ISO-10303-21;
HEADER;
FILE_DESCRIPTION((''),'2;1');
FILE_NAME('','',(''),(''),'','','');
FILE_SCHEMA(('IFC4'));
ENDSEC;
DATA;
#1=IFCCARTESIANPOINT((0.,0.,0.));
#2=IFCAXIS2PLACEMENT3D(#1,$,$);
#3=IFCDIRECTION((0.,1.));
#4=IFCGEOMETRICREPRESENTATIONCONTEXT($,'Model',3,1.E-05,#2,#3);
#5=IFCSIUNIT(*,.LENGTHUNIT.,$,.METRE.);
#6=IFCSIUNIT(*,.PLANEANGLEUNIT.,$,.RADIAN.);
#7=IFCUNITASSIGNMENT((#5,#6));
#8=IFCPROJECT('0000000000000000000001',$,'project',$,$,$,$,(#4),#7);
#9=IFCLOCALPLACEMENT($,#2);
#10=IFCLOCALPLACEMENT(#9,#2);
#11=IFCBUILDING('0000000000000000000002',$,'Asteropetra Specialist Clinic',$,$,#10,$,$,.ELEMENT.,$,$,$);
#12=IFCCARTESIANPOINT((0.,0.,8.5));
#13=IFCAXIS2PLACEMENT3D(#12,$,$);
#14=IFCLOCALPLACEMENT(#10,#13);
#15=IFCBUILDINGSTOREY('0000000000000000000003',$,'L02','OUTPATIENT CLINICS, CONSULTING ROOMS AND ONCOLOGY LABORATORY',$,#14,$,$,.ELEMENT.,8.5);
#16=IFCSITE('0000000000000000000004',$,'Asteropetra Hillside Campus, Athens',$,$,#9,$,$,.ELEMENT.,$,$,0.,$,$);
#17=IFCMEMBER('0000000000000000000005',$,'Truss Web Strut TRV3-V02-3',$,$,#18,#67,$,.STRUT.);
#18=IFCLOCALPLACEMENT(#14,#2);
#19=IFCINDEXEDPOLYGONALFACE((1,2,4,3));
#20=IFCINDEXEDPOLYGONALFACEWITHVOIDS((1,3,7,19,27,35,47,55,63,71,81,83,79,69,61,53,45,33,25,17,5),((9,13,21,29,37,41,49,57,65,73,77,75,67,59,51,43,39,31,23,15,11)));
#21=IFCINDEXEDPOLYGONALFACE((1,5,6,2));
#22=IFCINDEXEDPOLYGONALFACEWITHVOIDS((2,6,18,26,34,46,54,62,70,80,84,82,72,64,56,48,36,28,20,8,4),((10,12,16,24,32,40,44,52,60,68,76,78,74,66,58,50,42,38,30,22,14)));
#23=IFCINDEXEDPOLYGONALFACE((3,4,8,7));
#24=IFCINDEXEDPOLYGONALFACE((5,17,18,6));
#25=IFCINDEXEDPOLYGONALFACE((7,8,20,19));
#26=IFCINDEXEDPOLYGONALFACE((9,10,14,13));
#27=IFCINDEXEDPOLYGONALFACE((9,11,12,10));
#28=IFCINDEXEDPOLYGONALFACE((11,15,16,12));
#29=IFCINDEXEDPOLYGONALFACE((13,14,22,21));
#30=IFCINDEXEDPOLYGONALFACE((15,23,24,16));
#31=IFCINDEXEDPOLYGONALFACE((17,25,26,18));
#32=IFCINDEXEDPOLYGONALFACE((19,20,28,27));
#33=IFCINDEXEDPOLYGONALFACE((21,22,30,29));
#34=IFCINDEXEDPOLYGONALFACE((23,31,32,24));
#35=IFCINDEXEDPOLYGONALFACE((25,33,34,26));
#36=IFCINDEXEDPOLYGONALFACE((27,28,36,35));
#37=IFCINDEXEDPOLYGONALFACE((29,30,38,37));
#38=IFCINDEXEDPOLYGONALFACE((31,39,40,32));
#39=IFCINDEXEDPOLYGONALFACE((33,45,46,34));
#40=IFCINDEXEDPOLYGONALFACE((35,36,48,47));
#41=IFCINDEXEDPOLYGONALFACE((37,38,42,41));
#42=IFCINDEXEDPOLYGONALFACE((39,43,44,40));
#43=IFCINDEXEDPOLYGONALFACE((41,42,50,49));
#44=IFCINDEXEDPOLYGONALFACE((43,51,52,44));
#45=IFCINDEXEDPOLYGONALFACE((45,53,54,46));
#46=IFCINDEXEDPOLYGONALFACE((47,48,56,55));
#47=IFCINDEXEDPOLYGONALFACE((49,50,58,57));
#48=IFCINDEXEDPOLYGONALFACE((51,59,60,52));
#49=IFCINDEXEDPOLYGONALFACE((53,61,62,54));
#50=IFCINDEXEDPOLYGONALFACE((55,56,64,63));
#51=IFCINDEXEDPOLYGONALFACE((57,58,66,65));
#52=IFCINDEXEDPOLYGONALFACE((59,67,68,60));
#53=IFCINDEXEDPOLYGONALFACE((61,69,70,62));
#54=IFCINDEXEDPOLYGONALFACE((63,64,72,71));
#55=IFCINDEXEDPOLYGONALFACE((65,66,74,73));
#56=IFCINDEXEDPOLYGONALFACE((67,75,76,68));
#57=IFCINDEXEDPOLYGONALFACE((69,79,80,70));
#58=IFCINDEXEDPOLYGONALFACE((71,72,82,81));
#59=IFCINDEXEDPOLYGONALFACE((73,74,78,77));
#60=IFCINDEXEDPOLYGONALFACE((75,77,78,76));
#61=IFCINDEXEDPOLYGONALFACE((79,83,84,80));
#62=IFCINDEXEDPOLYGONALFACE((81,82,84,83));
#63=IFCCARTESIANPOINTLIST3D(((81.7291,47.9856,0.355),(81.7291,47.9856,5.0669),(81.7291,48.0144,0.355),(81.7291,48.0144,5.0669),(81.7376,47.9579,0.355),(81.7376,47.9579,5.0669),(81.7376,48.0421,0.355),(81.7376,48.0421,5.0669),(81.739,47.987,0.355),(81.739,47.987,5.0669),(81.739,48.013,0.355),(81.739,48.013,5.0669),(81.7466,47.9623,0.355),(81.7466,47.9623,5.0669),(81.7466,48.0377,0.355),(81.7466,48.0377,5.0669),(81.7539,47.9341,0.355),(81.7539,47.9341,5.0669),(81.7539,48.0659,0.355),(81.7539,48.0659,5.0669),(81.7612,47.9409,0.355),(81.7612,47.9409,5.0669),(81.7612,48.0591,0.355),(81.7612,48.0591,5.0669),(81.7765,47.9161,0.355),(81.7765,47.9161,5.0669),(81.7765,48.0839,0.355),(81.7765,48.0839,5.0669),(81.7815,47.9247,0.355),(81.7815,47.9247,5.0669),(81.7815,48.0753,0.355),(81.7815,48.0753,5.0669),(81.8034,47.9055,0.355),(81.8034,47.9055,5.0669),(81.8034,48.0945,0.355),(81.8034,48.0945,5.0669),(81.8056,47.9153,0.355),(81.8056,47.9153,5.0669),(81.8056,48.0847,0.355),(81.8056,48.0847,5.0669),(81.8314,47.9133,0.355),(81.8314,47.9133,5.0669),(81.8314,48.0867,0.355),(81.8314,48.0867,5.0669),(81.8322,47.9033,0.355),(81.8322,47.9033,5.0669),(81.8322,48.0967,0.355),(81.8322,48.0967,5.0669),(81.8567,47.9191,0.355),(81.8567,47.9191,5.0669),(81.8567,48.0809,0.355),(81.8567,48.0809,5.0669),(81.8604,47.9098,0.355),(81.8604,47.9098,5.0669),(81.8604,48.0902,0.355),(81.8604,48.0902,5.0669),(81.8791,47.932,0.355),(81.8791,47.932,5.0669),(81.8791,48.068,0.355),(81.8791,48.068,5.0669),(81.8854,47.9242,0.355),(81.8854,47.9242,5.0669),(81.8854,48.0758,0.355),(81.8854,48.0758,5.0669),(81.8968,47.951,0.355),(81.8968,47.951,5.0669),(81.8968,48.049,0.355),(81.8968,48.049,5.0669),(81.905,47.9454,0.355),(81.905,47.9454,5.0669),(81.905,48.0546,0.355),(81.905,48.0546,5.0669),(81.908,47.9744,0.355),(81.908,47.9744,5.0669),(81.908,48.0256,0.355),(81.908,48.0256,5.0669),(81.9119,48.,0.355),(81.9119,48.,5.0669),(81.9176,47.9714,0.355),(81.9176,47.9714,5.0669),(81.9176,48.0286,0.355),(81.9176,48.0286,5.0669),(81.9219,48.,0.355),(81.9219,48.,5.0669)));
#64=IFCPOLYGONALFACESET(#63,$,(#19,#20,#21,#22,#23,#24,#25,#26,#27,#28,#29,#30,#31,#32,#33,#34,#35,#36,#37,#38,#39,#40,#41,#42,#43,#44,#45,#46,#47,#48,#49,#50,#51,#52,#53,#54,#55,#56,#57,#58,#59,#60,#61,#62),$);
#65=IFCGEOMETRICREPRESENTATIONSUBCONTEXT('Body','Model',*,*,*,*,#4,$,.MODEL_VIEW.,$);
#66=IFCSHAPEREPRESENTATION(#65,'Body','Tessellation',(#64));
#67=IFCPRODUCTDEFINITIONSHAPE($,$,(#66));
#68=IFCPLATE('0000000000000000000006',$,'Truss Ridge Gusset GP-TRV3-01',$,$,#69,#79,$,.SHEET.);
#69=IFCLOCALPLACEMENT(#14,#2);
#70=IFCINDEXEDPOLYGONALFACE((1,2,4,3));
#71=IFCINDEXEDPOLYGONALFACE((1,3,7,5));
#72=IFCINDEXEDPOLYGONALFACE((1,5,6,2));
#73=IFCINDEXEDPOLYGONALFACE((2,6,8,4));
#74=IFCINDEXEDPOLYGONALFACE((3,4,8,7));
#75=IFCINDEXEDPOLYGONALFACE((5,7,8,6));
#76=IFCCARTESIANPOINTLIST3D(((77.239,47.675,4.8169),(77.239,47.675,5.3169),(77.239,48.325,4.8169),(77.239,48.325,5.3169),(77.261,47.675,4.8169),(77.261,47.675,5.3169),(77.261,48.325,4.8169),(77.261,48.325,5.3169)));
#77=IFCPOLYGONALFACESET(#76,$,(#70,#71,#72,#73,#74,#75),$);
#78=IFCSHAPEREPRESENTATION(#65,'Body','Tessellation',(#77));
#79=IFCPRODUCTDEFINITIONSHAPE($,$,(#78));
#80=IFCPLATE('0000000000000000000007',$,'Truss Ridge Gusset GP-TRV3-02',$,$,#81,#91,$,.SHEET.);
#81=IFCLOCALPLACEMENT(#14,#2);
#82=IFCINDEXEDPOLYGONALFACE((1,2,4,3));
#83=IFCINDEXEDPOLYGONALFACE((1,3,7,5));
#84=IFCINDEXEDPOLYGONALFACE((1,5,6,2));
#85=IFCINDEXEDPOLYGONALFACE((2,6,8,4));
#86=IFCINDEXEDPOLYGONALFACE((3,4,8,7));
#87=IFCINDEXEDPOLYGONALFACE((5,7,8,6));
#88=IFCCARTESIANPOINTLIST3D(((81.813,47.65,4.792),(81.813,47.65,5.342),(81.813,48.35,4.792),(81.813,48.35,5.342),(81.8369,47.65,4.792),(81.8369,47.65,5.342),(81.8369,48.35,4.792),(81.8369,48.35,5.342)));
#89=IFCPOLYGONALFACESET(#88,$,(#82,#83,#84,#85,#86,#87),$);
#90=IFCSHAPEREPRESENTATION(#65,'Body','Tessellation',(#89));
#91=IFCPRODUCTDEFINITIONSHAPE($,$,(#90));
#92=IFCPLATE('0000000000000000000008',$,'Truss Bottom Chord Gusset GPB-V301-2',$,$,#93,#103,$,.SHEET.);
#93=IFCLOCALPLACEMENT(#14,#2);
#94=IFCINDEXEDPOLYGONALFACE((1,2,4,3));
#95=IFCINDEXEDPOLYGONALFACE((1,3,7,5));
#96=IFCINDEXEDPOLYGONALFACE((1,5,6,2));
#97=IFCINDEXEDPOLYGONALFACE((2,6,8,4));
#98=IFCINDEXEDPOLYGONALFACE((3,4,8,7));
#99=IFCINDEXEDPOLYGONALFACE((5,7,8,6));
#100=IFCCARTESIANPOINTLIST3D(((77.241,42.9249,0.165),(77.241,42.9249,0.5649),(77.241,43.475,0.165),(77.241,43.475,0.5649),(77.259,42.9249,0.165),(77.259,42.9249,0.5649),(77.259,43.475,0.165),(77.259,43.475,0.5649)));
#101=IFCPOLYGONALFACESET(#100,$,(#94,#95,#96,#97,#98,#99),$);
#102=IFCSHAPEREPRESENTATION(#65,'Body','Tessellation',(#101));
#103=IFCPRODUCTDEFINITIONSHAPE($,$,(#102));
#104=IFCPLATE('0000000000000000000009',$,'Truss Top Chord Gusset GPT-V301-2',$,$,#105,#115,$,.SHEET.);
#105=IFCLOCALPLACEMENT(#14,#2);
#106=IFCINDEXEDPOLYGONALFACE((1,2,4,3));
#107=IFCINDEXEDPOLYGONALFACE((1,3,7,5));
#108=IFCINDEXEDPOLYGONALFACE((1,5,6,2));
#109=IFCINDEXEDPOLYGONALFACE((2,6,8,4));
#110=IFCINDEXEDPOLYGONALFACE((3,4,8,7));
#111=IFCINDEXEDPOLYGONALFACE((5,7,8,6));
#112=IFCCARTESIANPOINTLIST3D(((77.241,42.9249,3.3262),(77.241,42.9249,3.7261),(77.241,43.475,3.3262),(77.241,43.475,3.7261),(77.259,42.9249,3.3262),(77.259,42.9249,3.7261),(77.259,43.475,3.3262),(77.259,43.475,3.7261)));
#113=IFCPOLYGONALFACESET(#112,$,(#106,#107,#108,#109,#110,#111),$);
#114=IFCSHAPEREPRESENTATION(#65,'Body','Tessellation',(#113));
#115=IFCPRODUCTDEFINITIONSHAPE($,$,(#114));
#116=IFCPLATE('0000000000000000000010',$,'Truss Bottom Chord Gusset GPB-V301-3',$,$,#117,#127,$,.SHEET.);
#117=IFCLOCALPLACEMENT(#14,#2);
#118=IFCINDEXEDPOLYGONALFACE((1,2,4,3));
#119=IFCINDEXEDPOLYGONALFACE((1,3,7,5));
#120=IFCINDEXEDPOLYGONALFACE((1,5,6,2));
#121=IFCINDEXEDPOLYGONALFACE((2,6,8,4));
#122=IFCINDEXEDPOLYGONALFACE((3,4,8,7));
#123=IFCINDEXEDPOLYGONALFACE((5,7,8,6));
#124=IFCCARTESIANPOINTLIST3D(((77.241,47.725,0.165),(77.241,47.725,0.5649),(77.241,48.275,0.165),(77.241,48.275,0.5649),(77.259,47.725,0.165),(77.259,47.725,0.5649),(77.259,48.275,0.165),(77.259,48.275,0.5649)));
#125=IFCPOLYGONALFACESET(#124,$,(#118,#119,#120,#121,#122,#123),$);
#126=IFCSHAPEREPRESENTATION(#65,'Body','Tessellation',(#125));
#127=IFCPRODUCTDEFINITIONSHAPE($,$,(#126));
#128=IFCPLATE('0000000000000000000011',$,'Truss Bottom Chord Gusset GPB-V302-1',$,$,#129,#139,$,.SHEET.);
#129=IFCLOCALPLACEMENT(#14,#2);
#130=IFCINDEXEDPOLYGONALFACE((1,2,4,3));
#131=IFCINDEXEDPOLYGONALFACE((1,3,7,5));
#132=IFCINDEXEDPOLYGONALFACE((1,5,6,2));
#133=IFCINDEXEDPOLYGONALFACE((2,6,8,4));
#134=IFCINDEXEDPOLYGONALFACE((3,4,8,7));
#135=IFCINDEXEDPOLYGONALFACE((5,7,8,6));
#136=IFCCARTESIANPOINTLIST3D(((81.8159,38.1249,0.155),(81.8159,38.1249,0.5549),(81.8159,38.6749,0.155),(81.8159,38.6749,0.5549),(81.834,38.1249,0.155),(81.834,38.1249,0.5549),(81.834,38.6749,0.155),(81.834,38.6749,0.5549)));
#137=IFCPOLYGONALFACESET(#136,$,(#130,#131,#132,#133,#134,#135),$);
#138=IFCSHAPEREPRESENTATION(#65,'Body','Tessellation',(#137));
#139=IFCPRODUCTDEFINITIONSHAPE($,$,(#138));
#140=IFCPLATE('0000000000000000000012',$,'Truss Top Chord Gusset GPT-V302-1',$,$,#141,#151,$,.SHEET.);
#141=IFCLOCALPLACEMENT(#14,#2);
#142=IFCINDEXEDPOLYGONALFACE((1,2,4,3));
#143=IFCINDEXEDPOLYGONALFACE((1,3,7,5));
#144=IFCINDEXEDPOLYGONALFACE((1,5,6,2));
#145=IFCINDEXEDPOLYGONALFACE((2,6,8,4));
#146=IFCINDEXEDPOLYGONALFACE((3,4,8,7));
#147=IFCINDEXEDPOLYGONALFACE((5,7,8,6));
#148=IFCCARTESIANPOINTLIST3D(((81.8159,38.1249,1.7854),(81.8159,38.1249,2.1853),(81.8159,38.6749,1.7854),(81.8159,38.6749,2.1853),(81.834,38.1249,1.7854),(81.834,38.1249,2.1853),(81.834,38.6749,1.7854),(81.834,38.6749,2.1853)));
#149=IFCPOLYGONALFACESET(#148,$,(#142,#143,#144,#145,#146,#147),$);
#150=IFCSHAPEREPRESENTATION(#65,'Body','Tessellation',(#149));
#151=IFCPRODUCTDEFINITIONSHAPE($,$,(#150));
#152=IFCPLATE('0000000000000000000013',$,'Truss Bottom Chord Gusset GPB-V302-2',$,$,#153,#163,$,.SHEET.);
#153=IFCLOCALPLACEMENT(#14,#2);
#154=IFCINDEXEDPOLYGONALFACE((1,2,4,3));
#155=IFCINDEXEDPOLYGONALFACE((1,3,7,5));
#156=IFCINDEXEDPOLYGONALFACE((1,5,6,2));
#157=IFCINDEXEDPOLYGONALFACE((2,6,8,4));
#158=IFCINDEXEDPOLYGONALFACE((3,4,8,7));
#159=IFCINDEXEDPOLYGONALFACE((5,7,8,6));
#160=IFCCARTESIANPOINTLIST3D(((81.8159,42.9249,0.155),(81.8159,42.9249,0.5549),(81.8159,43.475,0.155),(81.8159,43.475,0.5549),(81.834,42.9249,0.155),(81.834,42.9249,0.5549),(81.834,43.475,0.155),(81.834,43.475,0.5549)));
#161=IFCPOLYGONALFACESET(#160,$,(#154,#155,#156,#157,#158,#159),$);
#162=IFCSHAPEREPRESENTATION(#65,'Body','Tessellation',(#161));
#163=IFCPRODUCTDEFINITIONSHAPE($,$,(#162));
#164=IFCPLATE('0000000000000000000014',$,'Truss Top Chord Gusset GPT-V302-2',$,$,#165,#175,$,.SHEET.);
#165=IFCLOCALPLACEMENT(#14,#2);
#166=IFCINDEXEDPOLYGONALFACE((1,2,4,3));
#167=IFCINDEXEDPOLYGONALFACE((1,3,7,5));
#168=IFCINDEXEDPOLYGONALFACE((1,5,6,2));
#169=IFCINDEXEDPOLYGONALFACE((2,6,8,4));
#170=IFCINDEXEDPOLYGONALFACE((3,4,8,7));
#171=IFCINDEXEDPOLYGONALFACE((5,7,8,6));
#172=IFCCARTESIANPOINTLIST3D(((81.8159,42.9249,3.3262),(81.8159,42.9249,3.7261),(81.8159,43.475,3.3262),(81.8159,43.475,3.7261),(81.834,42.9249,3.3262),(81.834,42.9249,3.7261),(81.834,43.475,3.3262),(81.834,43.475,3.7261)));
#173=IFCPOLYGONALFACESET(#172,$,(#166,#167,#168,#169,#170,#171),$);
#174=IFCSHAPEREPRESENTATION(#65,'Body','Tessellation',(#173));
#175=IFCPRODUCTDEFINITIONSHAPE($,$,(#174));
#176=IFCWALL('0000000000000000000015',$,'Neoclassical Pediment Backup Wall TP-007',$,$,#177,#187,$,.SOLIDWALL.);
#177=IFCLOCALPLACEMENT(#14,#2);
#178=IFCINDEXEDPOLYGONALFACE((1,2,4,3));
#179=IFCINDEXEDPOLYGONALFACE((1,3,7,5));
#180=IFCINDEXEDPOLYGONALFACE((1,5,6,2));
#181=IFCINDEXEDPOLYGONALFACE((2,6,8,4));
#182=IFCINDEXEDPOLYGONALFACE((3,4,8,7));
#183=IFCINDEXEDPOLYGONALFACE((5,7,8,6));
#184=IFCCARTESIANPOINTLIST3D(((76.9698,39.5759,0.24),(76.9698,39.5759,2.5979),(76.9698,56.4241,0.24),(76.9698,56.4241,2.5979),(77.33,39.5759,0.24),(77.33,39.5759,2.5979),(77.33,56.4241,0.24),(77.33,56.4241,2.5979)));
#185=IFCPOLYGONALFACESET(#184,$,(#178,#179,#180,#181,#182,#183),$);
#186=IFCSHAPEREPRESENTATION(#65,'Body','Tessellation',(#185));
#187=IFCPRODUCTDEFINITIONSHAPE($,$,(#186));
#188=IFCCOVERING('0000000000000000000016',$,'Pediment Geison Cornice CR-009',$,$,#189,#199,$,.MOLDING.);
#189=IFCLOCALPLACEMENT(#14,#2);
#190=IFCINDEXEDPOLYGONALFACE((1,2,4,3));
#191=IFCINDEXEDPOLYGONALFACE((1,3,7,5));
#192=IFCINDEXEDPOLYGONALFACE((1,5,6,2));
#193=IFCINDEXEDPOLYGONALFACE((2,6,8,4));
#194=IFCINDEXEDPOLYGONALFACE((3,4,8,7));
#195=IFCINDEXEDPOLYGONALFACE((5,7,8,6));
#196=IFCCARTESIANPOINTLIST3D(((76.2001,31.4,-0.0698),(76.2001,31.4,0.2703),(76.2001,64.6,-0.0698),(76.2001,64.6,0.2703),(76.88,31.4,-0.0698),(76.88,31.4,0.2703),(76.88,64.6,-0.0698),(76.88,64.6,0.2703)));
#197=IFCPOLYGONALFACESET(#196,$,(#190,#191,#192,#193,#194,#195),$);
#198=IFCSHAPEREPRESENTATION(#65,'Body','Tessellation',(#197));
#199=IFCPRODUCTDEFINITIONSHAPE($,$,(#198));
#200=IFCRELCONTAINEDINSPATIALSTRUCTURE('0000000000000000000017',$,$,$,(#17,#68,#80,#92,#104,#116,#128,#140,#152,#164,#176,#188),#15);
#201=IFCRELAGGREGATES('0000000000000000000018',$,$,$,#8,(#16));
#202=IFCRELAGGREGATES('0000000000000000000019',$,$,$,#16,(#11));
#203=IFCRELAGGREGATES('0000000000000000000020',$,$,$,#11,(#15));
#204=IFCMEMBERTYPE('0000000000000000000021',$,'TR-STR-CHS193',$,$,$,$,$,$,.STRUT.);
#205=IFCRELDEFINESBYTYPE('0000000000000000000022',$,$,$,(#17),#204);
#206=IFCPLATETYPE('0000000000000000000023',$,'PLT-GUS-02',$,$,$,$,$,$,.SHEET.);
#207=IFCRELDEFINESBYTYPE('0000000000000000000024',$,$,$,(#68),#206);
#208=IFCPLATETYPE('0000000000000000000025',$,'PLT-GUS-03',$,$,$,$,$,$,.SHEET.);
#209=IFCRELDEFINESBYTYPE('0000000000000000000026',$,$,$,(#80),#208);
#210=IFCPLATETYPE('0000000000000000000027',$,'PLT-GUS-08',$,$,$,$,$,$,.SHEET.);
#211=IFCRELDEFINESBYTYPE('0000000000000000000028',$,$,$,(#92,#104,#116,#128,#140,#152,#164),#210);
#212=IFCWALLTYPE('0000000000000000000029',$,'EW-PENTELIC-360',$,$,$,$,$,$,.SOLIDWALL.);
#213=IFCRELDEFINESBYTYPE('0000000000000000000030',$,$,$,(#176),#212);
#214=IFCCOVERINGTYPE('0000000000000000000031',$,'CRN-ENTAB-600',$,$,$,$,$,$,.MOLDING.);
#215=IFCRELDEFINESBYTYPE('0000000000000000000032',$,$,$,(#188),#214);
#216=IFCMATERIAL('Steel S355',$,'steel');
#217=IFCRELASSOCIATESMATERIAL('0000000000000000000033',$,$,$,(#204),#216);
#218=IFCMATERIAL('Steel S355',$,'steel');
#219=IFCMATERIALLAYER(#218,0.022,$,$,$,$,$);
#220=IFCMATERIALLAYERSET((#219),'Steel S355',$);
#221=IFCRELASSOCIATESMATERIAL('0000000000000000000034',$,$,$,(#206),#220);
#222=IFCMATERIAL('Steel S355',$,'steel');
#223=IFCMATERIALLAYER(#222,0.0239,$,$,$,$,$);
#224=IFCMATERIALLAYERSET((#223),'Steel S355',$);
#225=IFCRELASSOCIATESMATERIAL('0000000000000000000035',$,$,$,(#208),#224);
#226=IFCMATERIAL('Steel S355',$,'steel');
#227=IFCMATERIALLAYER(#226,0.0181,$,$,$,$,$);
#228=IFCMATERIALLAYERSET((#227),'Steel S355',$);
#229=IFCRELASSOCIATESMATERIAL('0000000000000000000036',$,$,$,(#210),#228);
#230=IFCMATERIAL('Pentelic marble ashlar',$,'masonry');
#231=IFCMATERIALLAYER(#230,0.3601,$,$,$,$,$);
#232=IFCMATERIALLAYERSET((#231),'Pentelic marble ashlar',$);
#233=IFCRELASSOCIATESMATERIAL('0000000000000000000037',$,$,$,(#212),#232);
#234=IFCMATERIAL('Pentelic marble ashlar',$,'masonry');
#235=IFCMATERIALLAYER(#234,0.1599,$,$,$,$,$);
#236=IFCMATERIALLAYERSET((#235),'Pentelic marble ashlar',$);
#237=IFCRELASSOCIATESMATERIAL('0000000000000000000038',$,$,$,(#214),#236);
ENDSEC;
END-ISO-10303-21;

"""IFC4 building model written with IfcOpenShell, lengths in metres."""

from ifc_helpers import new_model, si_unit, direction, frame, frame_2d, origin, origin_2d, place, context, subcontext, project, spatial, rectangle, hollow_circle, extrude, material, layer, layer_set, material_profile, profile_set, type_object, element, save


model = new_model("IFC4")

# Units and contexts
model_context = context("Model", 3, precision=1e-05, world=origin(), true_north=direction((0.0, 1.0)))
body_context = subcontext(model_context, "Body", "Model", "MODEL_VIEW")
ifc_project = project(units=[si_unit("LENGTHUNIT", "METRE"), si_unit("PLANEANGLEUNIT", "RADIAN")], contexts=[model_context])

# Site, building, storey
site_placement = place(None, origin())
site = spatial("IfcSite", under=ifc_project, at=site_placement, Name="Asteropetra Hillside Campus, Athens", CompositionType="ELEMENT", RefElevation=0.0)
building_placement = place(site_placement, origin())
building = spatial("IfcBuilding", under=site, at=building_placement, Name="Asteropetra Specialist Clinic", CompositionType="ELEMENT")
storey_placement = place(building_placement, frame((0.0, 0.0, 8.5)))
storey = spatial("IfcBuildingStorey", under=building, at=storey_placement, Name="L02", Description="OUTPATIENT CLINICS, CONSULTING ROOMS AND ONCOLOGY LABORATORY", CompositionType="ELEMENT", Elevation=8.5)

# Member
ifc_material_1 = material(Name="Steel S355", Category="steel")
ifc_material_profile_1 = material_profile(ifc_material_1, hollow_circle(Radius=0.0969, WallThickness=0.01, at=origin_2d()), Name="CHS 193.7x10.0")
ifc_profile_set_1 = profile_set([ifc_material_profile_1], Name="Steel S355")
member_type_1 = type_object("IfcMemberType", Name="TR-STR-CHS193", PredefinedType="STRUT", material=ifc_profile_set_1)
member_1_placement = place(storey_placement, frame((81.825, 48.0, 0.355), z_axis=(0.0, 0.0, 1.0), x_axis=(1.0, 0.0, 0.0)))
element("IfcMember", 1, at=member_1_placement, inside=storey, type_object=member_type_1, Name="Truss Web Strut TRV3-V02-3", PredefinedType="STRUT", context=body_context, shape_type="SweptSolid", body=[
    extrude(hollow_circle(Radius=0.0969, WallThickness=0.01, at=origin_2d()), origin(), (0.0, 0.0, 1.0), 4.7119),
])

# Plates
ifc_material_2 = material(Name="Steel S355", Category="steel")
ifc_layer_1 = layer(ifc_material_2, 0.022)
ifc_layer_set_1 = layer_set([ifc_layer_1], Name="Steel S355")
plate_type_1 = type_object("IfcPlateType", Name="PLT-GUS-02", PredefinedType="SHEET", material=ifc_layer_set_1)
plate_1_placement = place(storey_placement, frame((77.25, 48.0, 4.8169), z_axis=(0.0, 0.0, 1.0), x_axis=(1.0, 0.0, 0.0)))
element("IfcPlate", 2, at=plate_1_placement, inside=storey, type_object=plate_type_1, Name="Truss Ridge Gusset GP-TRV3-01", PredefinedType="SHEET", context=body_context, shape_type="SweptSolid", body=[
    extrude(rectangle(XDim=0.022, YDim=0.6499, at=origin_2d()), origin(), (0.0, 0.0, 1.0), 0.5),
])
ifc_material_3 = material(Name="Steel S355", Category="steel")
ifc_layer_2 = layer(ifc_material_3, 0.0239)
ifc_layer_set_2 = layer_set([ifc_layer_2], Name="Steel S355")
plate_type_2 = type_object("IfcPlateType", Name="PLT-GUS-03", PredefinedType="SHEET", material=ifc_layer_set_2)
plate_2_placement = place(storey_placement, frame((81.825, 48.0, 4.792), z_axis=(0.0, 0.0, 1.0), x_axis=(1.0, 0.0, 0.0)))
element("IfcPlate", 3, at=plate_2_placement, inside=storey, type_object=plate_type_2, Name="Truss Ridge Gusset GP-TRV3-02", PredefinedType="SHEET", context=body_context, shape_type="SweptSolid", body=[
    extrude(rectangle(XDim=0.0239, YDim=0.7, at=origin_2d()), origin(), (0.0, 0.0, 1.0), 0.55),
])
ifc_material_4 = material(Name="Steel S355", Category="steel")
ifc_layer_3 = layer(ifc_material_4, 0.0181)
ifc_layer_set_3 = layer_set([ifc_layer_3], Name="Steel S355")
plate_type_3 = type_object("IfcPlateType", Name="PLT-GUS-08", PredefinedType="SHEET", material=ifc_layer_set_3)
for number, where, z_axis, x_axis, name in (
    (4, (77.25, 43.2, 0.165), (0.0, 0.0, 1.0), (1.0, 0.0, 0.0), "Truss Bottom Chord Gusset GPB-V301-2"),
    (5, (77.25, 43.2, 3.3262), (0.0, 0.0, 1.0), (1.0, 0.0, 0.0), "Truss Top Chord Gusset GPT-V301-2"),
    (6, (77.25, 48.0, 0.165), (0.0, 0.0, 1.0), (1.0, 0.0, 0.0), "Truss Bottom Chord Gusset GPB-V301-3"),
    (7, (81.825, 38.3999, 0.155), (0.0, 0.0, 1.0), (1.0, 0.0, 0.0), "Truss Bottom Chord Gusset GPB-V302-1"),
    (8, (81.825, 38.3999, 1.7854), (0.0, 0.0, 1.0), (1.0, 0.0, 0.0), "Truss Top Chord Gusset GPT-V302-1"),
    (9, (81.825, 43.2, 0.155), (0.0, 0.0, 1.0), (1.0, 0.0, 0.0), "Truss Bottom Chord Gusset GPB-V302-2"),
    (10, (81.825, 43.2, 3.3262), (0.0, 0.0, 1.0), (1.0, 0.0, 0.0), "Truss Top Chord Gusset GPT-V302-2"),
):
    element("IfcPlate", number, at=place(storey_placement, frame(where, z_axis=z_axis, x_axis=x_axis)), inside=storey, type_object=plate_type_3, Name=name, PredefinedType="SHEET", context=body_context, shape_type="SweptSolid", body=[
        extrude(rectangle(XDim=0.0181, YDim=0.55, at=origin_2d()), origin(), (0.0, 0.0, 1.0), 0.3999),
    ])

# Wall
ifc_material_5 = material(Name="Pentelic marble ashlar", Category="masonry")
ifc_layer_4 = layer(ifc_material_5, 0.3601)
ifc_layer_set_4 = layer_set([ifc_layer_4], Name="Pentelic marble ashlar")
wall_type = type_object("IfcWallType", Name="EW-PENTELIC-360", PredefinedType="SOLIDWALL", material=ifc_layer_set_4)
wall_placement = place(storey_placement, frame((77.1499, 39.5759, 0.24), z_axis=(0.0, 0.0, 1.0), x_axis=(0.0, 1.0, 0.0)))
element("IfcWall", 11, at=wall_placement, inside=storey, type_object=wall_type, Name="Neoclassical Pediment Backup Wall TP-007", PredefinedType="SOLIDWALL", context=body_context, shape_type="SweptSolid", body=[
    extrude(rectangle(XDim=16.8481, YDim=0.3601, at=frame_2d((8.4241, 0.0))), origin(), (0.0, 0.0, 1.0), 2.3579),
])

# Covering
ifc_material_6 = material(Name="Pentelic marble ashlar", Category="masonry")
ifc_layer_5 = layer(ifc_material_6, 0.1599)
ifc_layer_set_5 = layer_set([ifc_layer_5], Name="Pentelic marble ashlar")
covering_type = type_object("IfcCoveringType", Name="CRN-ENTAB-600", PredefinedType="MOLDING", material=ifc_layer_set_5)
covering_1_placement = place(storey_placement, frame((76.54, 48.0, -0.0698), z_axis=(0.0, 0.0, 1.0), x_axis=(1.0, 0.0, 0.0)))
element("IfcCovering", 12, at=covering_1_placement, inside=storey, type_object=covering_type, Name="Pediment Geison Cornice CR-009", PredefinedType="MOLDING", context=body_context, shape_type="SweptSolid", body=[
    extrude(rectangle(XDim=0.6799, YDim=33.2, at=origin_2d()), origin(), (0.0, 0.0, 1.0), 0.3401),
])

save(model, "model.ifc")
